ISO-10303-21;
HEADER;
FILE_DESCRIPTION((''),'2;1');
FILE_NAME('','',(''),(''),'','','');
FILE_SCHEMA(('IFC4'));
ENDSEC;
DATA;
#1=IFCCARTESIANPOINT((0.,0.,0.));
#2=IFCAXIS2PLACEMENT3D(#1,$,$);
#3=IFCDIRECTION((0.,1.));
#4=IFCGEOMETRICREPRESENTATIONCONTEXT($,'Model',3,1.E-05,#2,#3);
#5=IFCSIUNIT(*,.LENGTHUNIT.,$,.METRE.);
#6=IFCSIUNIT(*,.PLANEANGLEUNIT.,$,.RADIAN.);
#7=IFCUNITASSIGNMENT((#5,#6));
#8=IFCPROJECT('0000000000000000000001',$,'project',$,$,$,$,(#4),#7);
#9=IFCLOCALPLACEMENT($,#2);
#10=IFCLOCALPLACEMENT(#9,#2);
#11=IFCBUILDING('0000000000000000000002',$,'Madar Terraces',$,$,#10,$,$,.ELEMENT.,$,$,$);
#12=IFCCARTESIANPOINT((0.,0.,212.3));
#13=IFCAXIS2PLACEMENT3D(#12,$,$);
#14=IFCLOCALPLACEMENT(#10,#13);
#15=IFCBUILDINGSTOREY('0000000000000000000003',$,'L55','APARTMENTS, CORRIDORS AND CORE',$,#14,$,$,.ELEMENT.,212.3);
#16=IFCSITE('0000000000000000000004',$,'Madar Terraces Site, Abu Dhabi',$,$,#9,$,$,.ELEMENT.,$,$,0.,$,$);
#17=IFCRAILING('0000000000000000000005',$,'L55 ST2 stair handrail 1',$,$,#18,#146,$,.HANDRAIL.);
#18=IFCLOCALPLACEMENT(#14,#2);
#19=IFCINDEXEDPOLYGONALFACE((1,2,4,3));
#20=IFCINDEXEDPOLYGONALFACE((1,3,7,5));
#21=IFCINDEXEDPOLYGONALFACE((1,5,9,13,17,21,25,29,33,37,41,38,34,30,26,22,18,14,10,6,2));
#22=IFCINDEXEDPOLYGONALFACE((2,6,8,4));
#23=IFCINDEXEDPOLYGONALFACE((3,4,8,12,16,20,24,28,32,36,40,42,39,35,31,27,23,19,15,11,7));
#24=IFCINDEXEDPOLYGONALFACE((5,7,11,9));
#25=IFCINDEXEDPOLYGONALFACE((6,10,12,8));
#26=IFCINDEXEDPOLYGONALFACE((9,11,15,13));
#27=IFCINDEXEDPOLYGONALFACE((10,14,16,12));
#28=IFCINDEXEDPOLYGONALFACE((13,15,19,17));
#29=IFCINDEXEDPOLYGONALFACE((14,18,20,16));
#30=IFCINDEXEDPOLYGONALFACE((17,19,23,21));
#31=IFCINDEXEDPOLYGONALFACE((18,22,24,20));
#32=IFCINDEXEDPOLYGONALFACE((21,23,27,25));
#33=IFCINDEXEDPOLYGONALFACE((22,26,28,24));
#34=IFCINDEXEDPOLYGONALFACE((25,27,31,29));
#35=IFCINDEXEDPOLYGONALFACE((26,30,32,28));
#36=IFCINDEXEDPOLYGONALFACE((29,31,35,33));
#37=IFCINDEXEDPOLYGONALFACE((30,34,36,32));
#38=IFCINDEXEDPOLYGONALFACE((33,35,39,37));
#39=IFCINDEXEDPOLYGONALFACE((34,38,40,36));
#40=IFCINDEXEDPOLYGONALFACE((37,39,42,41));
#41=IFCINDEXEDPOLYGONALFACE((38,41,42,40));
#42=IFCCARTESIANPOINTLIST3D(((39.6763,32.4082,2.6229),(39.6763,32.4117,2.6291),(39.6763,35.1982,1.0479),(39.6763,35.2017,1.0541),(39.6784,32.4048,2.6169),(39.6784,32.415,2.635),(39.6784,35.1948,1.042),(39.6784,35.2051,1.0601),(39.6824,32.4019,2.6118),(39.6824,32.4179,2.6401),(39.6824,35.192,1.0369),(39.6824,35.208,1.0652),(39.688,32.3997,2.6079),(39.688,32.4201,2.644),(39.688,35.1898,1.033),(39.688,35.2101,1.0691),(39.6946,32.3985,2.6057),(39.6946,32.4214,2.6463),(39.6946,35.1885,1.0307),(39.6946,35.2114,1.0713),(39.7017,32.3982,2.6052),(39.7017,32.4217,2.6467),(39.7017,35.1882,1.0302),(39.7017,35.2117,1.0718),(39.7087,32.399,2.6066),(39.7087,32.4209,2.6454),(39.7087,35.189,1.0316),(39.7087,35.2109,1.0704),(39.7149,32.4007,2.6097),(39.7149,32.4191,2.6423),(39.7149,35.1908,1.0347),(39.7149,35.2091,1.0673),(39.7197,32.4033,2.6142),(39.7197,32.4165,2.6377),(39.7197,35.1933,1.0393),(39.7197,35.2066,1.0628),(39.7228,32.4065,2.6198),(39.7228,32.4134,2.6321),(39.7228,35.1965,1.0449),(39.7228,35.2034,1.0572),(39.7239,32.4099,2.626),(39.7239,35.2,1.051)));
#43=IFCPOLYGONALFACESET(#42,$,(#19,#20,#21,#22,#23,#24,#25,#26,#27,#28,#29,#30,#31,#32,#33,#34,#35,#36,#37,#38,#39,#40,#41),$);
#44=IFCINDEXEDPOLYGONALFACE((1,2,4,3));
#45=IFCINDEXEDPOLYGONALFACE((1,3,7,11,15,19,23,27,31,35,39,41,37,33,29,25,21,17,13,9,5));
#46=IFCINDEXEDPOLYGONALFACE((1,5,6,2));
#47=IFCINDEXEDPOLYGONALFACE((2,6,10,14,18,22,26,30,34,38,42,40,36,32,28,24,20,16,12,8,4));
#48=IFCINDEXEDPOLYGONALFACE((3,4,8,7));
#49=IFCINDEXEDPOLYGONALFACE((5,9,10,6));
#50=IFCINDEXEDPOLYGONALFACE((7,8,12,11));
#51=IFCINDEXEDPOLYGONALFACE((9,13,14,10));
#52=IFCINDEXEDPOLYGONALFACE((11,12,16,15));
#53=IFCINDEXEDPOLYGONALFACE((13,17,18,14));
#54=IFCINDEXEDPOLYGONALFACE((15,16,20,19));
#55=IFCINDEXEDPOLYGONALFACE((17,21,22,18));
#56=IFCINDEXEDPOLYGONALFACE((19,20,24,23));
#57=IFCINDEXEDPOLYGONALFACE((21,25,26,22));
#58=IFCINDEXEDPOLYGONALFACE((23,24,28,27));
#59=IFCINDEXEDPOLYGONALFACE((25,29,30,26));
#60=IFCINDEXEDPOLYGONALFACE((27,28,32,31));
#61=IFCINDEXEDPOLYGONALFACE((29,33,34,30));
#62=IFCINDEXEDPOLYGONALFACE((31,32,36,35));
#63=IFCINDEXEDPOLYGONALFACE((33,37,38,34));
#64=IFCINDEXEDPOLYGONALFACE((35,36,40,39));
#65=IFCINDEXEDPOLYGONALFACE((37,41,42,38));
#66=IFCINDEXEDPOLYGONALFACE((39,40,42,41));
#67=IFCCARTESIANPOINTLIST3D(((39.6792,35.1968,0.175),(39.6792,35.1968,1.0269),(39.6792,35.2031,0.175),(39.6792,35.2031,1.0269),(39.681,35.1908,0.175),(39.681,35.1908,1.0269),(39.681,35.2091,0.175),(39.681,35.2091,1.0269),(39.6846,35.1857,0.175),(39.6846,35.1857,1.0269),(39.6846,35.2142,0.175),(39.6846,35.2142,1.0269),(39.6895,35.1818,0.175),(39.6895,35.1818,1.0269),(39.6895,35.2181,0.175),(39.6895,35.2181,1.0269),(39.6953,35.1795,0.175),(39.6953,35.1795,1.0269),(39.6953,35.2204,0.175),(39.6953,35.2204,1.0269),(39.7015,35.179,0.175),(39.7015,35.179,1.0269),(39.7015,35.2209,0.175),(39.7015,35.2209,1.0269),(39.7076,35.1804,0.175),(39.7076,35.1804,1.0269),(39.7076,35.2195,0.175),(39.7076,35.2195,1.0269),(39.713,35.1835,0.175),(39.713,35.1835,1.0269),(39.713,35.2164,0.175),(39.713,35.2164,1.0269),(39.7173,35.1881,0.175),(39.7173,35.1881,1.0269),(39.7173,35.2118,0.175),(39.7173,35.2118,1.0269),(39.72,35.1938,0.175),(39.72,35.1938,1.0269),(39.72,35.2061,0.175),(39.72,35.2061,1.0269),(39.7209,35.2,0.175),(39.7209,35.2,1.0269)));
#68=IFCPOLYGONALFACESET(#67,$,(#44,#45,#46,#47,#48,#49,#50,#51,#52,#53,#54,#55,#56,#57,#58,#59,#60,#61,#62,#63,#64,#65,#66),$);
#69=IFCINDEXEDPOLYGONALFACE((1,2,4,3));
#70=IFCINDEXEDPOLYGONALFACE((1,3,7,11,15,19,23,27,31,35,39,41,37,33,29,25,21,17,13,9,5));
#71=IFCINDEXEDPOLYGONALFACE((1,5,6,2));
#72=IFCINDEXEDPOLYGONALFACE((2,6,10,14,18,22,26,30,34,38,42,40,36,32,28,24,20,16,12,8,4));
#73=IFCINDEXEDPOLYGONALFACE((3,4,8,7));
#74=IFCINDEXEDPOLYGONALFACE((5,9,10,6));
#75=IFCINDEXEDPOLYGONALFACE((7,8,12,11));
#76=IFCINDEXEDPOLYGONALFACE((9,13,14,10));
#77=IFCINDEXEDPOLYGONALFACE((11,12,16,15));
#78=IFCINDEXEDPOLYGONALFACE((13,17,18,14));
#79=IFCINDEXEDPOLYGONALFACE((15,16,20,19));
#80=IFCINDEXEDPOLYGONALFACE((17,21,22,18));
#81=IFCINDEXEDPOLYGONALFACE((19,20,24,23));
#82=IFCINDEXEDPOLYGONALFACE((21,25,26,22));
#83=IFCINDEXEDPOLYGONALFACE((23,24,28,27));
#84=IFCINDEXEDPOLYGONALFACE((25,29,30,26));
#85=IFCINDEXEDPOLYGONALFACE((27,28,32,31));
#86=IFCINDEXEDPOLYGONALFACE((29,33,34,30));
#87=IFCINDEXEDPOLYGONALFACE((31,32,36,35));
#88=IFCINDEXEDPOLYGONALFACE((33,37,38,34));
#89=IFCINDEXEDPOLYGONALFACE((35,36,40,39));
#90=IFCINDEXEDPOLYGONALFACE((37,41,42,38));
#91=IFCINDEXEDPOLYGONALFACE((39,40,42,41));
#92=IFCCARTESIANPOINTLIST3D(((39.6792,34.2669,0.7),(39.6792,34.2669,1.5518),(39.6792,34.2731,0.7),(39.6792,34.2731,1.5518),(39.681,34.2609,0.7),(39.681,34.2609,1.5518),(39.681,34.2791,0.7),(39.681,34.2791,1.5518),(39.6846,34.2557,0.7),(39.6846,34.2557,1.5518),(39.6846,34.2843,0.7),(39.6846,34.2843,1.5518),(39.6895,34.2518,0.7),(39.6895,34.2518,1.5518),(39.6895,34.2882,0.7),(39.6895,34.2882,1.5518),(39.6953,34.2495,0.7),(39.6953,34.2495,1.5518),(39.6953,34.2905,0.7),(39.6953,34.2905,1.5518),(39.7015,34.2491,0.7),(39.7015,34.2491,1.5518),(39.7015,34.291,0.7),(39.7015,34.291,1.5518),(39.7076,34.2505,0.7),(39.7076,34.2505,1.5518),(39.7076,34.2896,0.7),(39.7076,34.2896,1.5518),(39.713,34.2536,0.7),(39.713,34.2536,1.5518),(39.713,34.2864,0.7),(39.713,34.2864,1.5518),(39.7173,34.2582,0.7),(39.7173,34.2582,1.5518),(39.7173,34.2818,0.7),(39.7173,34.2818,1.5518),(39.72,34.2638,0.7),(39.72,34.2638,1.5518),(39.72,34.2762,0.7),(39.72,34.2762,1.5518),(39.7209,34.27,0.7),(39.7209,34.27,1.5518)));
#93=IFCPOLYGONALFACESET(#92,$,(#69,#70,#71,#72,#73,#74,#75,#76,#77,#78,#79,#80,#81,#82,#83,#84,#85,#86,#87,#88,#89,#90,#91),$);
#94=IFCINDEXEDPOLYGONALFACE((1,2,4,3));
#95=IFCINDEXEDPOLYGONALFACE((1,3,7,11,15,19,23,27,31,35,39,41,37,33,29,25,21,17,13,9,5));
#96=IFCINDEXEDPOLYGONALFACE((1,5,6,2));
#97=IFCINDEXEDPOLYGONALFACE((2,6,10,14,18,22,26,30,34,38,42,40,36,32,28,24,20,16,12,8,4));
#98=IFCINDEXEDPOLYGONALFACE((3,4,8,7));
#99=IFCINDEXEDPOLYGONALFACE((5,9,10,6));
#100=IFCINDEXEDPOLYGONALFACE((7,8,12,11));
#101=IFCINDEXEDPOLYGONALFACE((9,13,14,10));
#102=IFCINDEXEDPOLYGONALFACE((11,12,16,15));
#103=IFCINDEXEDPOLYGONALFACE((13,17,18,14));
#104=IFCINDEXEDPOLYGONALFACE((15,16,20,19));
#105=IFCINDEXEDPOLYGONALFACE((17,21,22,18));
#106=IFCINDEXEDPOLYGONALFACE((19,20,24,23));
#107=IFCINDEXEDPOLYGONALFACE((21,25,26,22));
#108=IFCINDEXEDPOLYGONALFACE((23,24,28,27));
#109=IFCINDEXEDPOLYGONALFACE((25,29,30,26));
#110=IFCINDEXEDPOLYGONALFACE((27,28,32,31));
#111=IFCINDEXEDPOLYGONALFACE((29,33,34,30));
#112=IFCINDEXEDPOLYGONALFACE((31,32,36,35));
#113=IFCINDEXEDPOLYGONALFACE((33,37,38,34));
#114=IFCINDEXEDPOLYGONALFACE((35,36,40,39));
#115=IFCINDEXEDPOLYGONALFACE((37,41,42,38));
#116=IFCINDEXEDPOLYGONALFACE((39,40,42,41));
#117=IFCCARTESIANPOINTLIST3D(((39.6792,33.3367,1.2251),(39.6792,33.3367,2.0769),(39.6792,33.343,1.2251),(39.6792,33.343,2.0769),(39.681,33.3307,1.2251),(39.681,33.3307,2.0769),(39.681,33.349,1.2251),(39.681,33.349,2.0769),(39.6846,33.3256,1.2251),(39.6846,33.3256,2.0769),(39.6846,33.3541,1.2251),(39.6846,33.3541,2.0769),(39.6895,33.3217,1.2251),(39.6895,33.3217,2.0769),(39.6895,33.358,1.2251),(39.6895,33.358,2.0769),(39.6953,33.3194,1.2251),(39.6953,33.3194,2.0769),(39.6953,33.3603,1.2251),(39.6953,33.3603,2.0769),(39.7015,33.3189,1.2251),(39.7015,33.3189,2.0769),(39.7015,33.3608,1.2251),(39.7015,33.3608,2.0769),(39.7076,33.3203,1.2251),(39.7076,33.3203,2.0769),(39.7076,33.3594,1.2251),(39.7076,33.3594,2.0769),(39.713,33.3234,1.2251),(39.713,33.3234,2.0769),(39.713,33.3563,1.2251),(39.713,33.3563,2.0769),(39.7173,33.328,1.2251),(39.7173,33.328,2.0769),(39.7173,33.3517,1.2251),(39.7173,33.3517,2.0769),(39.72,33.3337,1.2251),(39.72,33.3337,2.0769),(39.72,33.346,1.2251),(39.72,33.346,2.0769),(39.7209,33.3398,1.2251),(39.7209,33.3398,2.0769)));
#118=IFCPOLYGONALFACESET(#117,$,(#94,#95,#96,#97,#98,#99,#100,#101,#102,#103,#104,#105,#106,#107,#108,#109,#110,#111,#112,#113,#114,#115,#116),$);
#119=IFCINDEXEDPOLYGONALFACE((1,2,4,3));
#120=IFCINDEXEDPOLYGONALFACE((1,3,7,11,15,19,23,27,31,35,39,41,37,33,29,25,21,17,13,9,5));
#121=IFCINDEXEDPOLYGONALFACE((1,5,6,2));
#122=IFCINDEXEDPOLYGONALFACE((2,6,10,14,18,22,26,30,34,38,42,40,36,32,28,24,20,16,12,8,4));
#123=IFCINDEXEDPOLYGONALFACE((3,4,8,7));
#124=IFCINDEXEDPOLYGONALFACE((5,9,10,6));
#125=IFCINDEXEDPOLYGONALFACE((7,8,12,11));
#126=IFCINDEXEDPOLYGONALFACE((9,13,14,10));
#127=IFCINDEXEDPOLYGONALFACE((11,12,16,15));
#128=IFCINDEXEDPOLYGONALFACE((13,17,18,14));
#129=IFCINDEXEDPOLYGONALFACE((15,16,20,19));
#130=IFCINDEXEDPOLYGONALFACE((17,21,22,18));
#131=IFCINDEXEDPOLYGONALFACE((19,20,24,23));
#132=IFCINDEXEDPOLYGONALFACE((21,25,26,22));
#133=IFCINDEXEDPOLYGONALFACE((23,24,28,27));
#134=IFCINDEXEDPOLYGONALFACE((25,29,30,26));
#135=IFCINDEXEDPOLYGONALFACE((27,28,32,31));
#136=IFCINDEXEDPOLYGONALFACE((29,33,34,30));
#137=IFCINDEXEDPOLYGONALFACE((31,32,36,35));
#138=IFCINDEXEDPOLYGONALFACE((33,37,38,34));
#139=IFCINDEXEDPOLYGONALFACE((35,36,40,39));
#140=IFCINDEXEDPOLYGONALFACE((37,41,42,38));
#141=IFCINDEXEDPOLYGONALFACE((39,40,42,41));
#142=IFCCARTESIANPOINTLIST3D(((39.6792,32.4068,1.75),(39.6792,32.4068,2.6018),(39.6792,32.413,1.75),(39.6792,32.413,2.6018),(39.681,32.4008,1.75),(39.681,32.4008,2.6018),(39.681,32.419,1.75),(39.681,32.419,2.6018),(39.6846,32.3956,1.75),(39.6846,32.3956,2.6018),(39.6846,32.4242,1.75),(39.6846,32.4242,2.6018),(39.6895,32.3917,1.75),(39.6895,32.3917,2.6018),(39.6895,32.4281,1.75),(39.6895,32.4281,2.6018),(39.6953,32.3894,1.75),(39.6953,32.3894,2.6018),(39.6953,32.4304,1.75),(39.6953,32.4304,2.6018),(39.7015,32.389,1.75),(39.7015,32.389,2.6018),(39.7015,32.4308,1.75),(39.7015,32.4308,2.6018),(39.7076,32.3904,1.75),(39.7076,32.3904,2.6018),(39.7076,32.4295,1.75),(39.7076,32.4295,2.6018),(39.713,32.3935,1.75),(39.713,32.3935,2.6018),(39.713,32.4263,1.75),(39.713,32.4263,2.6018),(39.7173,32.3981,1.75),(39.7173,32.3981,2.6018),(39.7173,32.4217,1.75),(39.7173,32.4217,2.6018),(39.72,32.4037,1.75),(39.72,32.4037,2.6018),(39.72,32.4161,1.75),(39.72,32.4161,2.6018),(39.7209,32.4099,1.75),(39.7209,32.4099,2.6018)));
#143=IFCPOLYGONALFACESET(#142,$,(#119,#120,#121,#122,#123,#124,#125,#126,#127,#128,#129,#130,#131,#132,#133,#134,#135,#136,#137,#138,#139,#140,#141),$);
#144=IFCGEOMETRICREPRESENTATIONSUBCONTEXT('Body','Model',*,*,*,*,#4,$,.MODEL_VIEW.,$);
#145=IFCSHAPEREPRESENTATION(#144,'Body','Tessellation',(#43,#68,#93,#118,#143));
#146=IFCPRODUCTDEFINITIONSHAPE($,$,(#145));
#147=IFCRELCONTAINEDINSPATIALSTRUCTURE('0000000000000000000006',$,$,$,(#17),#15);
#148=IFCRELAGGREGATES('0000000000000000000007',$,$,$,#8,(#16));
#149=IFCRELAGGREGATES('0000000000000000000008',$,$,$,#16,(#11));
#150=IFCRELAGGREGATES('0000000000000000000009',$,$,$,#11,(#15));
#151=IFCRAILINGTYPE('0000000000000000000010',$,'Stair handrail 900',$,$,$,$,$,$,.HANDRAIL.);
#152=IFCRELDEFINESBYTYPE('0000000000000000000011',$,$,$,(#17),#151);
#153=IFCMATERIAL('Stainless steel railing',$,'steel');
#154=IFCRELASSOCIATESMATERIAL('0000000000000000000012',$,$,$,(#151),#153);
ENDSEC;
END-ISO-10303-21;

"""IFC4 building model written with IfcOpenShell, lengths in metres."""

from ifc_helpers import new_model, si_unit, direction, frame, origin, origin_2d, place, context, subcontext, project, spatial, circle, extrude, material, type_object, element, save


model = new_model("IFC4")

# Units and contexts
model_context = context("Model", 3, precision=1e-05, world=origin(), true_north=direction((0.0, 1.0)))
body_context = subcontext(model_context, "Body", "Model", "MODEL_VIEW")
ifc_project = project(units=[si_unit("LENGTHUNIT", "METRE"), si_unit("PLANEANGLEUNIT", "RADIAN")], contexts=[model_context])

# Site, building, storey
site_placement = place(None, origin())
site = spatial("IfcSite", under=ifc_project, at=site_placement, Name="Madar Terraces Site, Abu Dhabi", CompositionType="ELEMENT", RefElevation=0.0)
building_placement = place(site_placement, origin())
building = spatial("IfcBuilding", under=site, at=building_placement, Name="Madar Terraces", CompositionType="ELEMENT")
storey_placement = place(building_placement, frame((0.0, 0.0, 212.3)))
storey = spatial("IfcBuildingStorey", under=building, at=storey_placement, Name="L55", Description="APARTMENTS, CORRIDORS AND CORE", CompositionType="ELEMENT", Elevation=212.3)

# Railing
ifc_material_1 = material(Name="Stainless steel railing", Category="steel")
railing_type_1 = type_object("IfcRailingType", Name="Stair handrail 900", PredefinedType="HANDRAIL", material=ifc_material_1)
railing_1_placement = place(storey_placement, frame((39.7, 35.2, 0.175)))
element("IfcRailing", 1, at=railing_1_placement, inside=storey, type_object=railing_type_1, Name="L55 ST2 stair handrail 1", PredefinedType="HANDRAIL", context=body_context, shape_type="SweptSolid", body=[
    extrude(circle(Radius=0.0239, at=origin_2d()), frame((0.0, 0.0, 0.876), z_axis=(0.0, -0.870834, 0.491578), x_axis=(1.0, 0.0, 0.0)), (0.0, 0.0, 1.0), 3.2039),
    extrude(circle(Radius=0.021, at=origin_2d()), origin(), (0.0, 0.0, 1.0), 0.8518),
    extrude(circle(Radius=0.021, at=origin_2d()), frame((0.0, -0.9299, 0.5249)), (0.0, 0.0, 1.0), 0.8518),
    extrude(circle(Radius=0.021, at=origin_2d()), frame((0.0, -1.8601, 1.05)), (0.0, 0.0, 1.0), 0.8518),
    extrude(circle(Radius=0.021, at=origin_2d()), frame((0.0, -2.79, 1.575)), (0.0, 0.0, 1.0), 0.8518),
])

save(model, "model.ifc")
